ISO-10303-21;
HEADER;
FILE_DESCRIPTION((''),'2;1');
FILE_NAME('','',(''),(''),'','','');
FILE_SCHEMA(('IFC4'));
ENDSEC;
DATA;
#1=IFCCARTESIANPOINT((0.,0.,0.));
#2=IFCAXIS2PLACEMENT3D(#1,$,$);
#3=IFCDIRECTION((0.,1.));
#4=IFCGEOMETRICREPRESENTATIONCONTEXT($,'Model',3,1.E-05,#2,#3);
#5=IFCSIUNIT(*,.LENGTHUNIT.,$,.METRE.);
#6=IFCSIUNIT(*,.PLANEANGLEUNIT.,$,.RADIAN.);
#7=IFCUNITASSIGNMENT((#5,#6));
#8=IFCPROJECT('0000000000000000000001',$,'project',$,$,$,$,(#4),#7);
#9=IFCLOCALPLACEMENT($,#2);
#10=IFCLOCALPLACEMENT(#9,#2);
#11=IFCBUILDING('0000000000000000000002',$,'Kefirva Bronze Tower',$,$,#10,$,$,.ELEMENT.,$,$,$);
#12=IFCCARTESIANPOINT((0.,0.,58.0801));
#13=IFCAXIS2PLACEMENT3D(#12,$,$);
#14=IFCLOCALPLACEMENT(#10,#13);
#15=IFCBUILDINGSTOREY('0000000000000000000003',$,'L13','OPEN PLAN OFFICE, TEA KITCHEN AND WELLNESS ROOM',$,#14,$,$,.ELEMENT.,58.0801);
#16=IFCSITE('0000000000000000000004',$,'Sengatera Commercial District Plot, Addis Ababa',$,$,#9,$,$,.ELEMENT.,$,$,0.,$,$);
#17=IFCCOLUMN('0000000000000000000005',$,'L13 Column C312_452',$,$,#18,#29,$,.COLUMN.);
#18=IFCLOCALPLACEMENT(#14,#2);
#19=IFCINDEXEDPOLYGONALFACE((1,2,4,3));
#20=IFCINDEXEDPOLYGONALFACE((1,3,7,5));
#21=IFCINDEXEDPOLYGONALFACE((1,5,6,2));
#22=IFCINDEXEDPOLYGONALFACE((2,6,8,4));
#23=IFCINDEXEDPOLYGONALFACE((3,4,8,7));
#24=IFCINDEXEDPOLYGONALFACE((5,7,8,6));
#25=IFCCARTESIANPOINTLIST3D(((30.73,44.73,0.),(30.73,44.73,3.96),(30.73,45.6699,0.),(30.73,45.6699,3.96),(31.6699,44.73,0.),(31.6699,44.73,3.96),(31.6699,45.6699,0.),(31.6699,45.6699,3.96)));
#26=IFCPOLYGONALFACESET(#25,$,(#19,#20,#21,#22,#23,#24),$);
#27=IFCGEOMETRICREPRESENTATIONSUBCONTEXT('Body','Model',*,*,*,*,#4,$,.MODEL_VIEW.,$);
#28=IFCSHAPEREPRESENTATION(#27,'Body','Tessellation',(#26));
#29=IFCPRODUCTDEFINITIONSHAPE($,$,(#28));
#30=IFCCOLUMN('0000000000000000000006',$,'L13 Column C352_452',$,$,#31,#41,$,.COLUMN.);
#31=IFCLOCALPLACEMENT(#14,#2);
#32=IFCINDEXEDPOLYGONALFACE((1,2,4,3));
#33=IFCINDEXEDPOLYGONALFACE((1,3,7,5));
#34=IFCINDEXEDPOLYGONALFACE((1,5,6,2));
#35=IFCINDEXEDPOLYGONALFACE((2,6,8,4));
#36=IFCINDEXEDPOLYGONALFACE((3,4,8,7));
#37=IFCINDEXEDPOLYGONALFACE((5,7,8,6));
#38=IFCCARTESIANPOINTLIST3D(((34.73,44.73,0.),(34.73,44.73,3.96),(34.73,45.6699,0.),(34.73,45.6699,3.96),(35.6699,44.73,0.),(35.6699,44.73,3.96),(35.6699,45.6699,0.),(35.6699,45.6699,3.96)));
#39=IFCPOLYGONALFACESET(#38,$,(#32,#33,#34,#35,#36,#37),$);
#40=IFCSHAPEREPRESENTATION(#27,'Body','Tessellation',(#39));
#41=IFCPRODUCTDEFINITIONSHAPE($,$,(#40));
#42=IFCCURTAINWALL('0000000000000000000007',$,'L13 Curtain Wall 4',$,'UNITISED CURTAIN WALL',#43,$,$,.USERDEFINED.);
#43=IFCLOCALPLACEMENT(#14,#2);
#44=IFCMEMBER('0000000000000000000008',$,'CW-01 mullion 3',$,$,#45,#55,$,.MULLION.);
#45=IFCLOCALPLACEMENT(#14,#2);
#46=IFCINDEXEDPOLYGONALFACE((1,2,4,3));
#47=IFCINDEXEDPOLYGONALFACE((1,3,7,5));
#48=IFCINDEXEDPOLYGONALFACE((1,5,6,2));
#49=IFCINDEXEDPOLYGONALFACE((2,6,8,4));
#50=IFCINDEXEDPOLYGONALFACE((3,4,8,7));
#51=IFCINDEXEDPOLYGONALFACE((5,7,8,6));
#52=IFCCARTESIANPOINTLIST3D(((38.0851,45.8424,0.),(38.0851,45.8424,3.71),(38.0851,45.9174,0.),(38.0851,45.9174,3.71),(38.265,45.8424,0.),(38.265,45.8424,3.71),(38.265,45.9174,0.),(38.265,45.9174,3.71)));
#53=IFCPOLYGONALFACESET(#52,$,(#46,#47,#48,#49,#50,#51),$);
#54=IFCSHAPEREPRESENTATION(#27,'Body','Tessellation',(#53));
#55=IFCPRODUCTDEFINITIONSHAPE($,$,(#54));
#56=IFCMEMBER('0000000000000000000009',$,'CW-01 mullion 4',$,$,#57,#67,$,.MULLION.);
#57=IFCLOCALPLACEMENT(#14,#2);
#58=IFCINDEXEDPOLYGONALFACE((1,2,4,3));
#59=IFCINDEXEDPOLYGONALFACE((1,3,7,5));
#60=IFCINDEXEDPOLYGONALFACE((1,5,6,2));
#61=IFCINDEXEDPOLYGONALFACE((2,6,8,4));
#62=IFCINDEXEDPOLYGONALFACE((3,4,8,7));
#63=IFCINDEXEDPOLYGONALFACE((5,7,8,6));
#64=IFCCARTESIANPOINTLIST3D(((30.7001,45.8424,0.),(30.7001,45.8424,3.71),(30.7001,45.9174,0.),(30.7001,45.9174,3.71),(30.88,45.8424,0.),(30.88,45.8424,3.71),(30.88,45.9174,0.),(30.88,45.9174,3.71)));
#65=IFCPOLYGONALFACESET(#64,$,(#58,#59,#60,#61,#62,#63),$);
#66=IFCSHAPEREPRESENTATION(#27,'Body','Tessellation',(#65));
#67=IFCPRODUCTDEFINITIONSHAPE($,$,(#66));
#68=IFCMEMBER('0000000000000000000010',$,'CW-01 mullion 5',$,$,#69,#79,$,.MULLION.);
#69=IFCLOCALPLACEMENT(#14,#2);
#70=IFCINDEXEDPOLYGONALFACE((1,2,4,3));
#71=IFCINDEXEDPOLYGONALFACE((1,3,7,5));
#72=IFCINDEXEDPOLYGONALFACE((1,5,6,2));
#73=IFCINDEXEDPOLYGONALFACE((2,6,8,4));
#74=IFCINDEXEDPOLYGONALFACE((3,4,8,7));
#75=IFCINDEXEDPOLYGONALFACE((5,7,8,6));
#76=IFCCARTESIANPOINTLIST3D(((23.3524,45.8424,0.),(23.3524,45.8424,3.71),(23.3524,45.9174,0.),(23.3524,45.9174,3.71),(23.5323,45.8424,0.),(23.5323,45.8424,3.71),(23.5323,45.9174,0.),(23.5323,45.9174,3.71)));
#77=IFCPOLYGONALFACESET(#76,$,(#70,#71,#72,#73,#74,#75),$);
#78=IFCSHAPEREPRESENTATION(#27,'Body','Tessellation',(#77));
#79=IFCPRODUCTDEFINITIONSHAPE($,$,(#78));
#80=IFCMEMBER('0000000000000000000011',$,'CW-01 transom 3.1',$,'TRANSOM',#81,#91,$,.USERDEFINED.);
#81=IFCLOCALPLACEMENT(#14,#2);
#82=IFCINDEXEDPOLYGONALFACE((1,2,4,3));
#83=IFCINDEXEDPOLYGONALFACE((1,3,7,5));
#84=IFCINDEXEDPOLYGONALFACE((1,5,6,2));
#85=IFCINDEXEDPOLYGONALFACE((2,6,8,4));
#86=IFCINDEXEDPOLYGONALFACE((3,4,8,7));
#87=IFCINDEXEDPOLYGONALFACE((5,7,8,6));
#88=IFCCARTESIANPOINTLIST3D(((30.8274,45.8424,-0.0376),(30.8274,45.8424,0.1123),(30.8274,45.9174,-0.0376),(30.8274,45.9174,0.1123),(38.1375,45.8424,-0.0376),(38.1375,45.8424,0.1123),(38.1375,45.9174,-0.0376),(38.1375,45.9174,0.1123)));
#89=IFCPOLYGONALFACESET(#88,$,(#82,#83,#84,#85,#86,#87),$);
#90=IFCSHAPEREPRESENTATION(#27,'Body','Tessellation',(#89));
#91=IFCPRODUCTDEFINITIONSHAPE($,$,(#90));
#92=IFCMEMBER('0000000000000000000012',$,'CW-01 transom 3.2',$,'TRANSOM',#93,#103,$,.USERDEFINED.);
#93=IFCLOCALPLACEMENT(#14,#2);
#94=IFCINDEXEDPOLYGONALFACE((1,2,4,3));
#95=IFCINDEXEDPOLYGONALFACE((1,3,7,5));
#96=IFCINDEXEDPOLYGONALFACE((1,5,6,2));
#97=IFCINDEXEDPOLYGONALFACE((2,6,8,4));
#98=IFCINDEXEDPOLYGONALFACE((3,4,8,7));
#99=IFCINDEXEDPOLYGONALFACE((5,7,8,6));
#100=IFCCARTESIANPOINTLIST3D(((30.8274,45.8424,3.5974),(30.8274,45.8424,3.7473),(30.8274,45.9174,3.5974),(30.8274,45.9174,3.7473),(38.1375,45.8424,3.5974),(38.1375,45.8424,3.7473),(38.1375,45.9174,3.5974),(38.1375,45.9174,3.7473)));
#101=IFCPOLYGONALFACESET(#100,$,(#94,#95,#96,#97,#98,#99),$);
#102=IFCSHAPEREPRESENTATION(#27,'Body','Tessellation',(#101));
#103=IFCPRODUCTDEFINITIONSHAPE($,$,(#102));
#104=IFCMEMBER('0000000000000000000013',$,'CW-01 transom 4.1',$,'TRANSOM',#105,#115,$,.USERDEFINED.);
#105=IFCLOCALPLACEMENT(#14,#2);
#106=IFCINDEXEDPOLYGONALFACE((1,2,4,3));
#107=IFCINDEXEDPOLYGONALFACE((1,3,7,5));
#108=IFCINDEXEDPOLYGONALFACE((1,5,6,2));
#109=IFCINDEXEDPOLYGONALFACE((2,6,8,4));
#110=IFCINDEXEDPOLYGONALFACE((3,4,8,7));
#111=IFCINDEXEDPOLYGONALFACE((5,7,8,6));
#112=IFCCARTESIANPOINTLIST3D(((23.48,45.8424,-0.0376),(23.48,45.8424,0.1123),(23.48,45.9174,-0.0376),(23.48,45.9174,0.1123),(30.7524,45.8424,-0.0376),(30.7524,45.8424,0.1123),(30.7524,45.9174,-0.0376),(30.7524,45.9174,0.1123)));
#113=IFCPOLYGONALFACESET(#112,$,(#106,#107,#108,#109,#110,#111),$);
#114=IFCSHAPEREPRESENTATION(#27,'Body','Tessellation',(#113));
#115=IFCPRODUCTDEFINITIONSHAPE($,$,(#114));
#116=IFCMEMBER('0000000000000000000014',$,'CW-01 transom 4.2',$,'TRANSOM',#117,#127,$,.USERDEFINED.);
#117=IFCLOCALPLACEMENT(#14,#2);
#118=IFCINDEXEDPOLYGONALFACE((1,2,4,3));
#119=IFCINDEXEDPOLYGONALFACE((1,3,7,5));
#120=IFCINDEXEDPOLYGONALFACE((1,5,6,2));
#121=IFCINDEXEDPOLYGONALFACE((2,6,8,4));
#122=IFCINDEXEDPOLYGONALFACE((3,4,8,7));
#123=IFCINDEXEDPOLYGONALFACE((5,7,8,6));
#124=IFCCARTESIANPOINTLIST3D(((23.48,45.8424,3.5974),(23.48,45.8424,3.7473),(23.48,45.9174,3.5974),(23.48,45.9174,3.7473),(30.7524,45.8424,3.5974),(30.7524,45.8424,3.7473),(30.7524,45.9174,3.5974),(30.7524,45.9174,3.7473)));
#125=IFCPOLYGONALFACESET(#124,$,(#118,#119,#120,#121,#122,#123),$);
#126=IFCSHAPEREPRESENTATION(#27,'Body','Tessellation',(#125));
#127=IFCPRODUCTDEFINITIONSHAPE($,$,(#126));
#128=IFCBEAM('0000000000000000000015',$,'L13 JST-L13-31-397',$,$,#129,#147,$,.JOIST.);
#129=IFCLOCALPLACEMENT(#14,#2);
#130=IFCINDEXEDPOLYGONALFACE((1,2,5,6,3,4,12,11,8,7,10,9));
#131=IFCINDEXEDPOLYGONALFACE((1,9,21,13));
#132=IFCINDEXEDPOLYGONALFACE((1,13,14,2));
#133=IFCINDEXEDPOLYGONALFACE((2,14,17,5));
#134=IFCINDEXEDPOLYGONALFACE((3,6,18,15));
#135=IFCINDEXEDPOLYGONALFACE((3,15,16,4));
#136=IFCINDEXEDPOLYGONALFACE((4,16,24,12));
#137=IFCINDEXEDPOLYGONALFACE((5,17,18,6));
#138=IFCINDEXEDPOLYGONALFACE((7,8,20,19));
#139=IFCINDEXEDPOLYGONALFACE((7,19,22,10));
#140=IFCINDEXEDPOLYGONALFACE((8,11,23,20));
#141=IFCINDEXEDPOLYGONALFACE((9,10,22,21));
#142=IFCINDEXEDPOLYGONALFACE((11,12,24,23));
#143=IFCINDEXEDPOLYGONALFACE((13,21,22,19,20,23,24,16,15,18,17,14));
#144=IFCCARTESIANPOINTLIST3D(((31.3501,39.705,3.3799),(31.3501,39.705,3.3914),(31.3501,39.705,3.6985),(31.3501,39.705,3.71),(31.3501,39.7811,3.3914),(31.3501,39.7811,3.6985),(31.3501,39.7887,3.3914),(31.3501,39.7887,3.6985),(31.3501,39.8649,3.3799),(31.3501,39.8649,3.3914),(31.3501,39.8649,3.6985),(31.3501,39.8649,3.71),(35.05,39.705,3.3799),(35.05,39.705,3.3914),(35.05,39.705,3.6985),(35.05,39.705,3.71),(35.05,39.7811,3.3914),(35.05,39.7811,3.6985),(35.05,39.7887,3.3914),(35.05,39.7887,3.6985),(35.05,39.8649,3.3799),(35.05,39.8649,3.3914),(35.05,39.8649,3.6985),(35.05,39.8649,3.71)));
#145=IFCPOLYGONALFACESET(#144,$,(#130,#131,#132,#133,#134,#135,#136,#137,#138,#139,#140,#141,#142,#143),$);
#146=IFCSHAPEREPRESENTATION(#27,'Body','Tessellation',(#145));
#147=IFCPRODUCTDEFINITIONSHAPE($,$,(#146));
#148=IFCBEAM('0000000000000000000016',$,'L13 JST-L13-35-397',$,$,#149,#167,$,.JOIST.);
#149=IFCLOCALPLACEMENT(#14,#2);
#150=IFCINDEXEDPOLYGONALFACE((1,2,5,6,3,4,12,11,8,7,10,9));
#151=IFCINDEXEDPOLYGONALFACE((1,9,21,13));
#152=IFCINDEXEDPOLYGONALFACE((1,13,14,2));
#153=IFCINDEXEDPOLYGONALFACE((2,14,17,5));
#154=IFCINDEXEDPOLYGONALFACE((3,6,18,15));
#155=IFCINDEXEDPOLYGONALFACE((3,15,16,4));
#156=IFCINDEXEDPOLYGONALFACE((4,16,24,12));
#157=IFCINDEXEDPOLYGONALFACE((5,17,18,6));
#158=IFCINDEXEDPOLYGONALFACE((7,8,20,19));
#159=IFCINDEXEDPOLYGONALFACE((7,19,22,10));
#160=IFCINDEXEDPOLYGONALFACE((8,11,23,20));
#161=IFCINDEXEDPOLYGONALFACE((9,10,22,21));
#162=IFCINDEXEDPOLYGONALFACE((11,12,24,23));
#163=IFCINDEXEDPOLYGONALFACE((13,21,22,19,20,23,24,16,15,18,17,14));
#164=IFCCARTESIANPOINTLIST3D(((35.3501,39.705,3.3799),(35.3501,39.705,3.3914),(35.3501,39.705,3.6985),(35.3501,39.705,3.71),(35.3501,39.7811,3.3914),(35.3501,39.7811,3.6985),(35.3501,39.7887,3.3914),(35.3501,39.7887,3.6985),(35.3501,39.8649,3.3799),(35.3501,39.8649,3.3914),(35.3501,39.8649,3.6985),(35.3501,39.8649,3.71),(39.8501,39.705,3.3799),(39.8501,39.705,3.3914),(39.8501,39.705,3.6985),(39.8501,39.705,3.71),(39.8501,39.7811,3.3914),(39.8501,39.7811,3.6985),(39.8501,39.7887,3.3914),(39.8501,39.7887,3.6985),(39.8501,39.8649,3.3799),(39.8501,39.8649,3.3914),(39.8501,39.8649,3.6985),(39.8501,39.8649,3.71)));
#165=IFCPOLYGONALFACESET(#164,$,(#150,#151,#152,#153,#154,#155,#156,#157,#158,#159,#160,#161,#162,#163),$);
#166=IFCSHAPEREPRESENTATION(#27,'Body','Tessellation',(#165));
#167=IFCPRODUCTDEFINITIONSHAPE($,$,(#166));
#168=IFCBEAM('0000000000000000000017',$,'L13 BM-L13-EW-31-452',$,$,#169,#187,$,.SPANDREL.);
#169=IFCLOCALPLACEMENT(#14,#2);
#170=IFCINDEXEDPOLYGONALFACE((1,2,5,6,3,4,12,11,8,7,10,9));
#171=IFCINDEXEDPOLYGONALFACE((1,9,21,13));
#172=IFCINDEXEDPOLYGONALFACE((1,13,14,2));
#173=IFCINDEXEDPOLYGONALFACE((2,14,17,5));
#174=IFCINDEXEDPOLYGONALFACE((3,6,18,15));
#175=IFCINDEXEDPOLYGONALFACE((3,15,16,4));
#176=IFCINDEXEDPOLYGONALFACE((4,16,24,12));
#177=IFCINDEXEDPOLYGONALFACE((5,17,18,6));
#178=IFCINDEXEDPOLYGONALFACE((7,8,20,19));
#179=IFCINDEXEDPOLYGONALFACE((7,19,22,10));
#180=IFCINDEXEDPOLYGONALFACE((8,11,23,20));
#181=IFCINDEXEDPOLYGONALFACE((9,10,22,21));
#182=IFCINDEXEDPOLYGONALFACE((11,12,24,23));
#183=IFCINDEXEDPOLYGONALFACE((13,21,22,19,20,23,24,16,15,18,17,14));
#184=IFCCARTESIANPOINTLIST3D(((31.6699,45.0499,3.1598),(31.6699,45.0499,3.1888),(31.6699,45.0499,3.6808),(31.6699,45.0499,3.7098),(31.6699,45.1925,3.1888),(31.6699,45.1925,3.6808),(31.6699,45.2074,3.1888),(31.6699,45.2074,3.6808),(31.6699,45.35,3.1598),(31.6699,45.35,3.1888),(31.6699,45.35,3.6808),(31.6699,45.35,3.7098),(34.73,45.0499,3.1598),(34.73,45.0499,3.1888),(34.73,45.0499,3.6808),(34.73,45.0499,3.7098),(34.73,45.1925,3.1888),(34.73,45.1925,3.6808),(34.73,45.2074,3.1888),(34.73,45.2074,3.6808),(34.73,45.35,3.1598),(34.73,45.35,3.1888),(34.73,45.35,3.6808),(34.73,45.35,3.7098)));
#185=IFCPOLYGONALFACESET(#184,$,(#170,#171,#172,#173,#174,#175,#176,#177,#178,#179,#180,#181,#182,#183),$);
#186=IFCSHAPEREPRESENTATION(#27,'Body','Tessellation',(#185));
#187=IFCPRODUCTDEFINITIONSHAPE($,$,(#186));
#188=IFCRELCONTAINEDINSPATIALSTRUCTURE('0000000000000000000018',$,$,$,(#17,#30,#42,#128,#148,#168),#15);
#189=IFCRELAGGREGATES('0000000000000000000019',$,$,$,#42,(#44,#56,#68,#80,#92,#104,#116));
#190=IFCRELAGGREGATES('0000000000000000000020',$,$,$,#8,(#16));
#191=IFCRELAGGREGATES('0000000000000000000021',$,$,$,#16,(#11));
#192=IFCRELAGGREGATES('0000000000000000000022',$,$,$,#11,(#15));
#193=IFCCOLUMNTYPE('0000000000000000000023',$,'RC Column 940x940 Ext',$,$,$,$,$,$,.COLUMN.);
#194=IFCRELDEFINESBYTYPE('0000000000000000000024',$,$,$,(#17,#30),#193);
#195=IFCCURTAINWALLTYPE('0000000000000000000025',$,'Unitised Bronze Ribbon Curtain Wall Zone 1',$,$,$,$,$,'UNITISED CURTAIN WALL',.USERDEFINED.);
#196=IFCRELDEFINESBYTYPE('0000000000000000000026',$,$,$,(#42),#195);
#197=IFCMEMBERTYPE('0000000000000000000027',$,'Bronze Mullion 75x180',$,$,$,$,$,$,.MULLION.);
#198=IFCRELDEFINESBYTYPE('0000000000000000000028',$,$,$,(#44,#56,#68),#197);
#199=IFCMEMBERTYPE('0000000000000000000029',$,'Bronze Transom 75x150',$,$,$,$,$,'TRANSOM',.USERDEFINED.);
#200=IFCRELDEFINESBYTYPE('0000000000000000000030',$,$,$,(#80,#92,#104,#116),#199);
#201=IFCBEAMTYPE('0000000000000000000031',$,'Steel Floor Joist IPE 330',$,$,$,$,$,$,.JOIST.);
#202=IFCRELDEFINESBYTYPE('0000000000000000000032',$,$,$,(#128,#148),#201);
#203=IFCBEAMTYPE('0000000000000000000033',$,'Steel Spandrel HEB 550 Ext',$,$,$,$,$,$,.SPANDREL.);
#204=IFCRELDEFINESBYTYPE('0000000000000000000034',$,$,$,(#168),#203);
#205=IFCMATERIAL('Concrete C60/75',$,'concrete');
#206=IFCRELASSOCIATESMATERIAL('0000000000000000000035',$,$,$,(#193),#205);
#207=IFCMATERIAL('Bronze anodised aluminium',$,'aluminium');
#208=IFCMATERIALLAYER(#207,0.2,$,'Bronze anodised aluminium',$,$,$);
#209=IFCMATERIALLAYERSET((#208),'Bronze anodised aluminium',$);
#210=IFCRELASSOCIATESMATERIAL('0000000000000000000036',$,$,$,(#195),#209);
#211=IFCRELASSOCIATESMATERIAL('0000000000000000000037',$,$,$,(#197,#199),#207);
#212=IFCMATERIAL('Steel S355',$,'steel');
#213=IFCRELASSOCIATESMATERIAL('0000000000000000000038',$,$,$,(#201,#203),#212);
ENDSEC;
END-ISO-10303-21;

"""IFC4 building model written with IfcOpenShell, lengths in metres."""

from ifc_helpers import new_model, si_unit, direction, frame, origin, origin_2d, place, context, subcontext, project, spatial, rectangle, i_section, extrude, material, layer, layer_set, material_profile, profile_set, type_object, element, aggregate, save


model = new_model("IFC4")

# Units and contexts
model_context = context("Model", 3, precision=1e-05, world=origin(), true_north=direction((0.0, 1.0)))
body_context = subcontext(model_context, "Body", "Model", "MODEL_VIEW")
ifc_project = project(units=[si_unit("LENGTHUNIT", "METRE"), si_unit("PLANEANGLEUNIT", "RADIAN")], contexts=[model_context])

# Site, building, storey
site_placement = place(None, origin())
site = spatial("IfcSite", under=ifc_project, at=site_placement, Name="Sengatera Commercial District Plot, Addis Ababa", CompositionType="ELEMENT", RefElevation=0.0)
building_placement = place(site_placement, origin())
building = spatial("IfcBuilding", under=site, at=building_placement, Name="Kefirva Bronze Tower", CompositionType="ELEMENT")
storey_placement = place(building_placement, frame((0.0, 0.0, 58.0801)))
storey = spatial("IfcBuildingStorey", under=building, at=storey_placement, Name="L13", Description="OPEN PLAN OFFICE, TEA KITCHEN AND WELLNESS ROOM", CompositionType="ELEMENT", Elevation=58.0801)

# Columns
ifc_material_1 = material(Name="Concrete C60/75", Category="concrete")
ifc_material_profile_1 = material_profile(ifc_material_1, rectangle(XDim=0.9399, YDim=0.9399, at=origin_2d()), Name="RC 940x940")
ifc_profile_set_1 = profile_set([ifc_material_profile_1], Name="Concrete C60/75")
column_type = type_object("IfcColumnType", Name="RC Column 940x940 Ext", PredefinedType="COLUMN", material=ifc_profile_set_1)
for number, where, z_axis, x_axis, name in (
    (1, (31.2, 45.2, 0.0), (0.0, 0.0, 1.0), (1.0, 0.0, 0.0), "L13 Column C312_452"),
    (2, (35.2, 45.2, 0.0), (0.0, 0.0, 1.0), (1.0, 0.0, 0.0), "L13 Column C352_452"),
):
    element("IfcColumn", number, at=place(storey_placement, frame(where, z_axis=z_axis, x_axis=x_axis)), inside=storey, type_object=column_type, Name=name, PredefinedType="COLUMN", context=body_context, shape_type="SweptSolid", body=[
        extrude(rectangle(XDim=0.9399, YDim=0.9399, at=origin_2d()), origin(), (0.0, 0.0, 1.0), 3.96),
    ])

# Curtain wall, members
ifc_material_2 = material(Name="Bronze anodised aluminium", Category="aluminium")
ifc_layer_1 = layer(ifc_material_2, 0.2, Name="Bronze anodised aluminium")
ifc_layer_set_1 = layer_set([ifc_layer_1], Name="Bronze anodised aluminium")
curtain_wall_type = type_object("IfcCurtainWallType", Name="Unitised Bronze Ribbon Curtain Wall Zone 1", ElementType="UNITISED CURTAIN WALL", PredefinedType="USERDEFINED", material=ifc_layer_set_1)
curtain_wall_placement = place(storey_placement, origin())
curtain_wall = element("IfcCurtainWall", 3, at=curtain_wall_placement, inside=storey, type_object=curtain_wall_type, Name="L13 Curtain Wall 4", ObjectType="UNITISED CURTAIN WALL", PredefinedType="USERDEFINED")
ifc_material_profile_2 = material_profile(ifc_material_2, rectangle(XDim=0.075, YDim=0.1799, at=origin_2d()), Name="ALU 75x180")
ifc_profile_set_2 = profile_set([ifc_material_profile_2], Name="Bronze anodised aluminium")
member_type_1 = type_object("IfcMemberType", Name="Bronze Mullion 75x180", PredefinedType="MULLION", material=ifc_profile_set_2)
member_1_placement = place(storey_placement, frame((38.175, 45.8799, 0.0), z_axis=(0.0, 0.0, 1.0), x_axis=(0.0, -1.0, 0.0)))
member_1 = element("IfcMember", 4, at=member_1_placement, type_object=member_type_1, Name="CW-01 mullion 3", PredefinedType="MULLION", context=body_context, shape_type="SweptSolid", body=[
    extrude(rectangle(XDim=0.075, YDim=0.1799, at=origin_2d()), origin(), (0.0, 0.0, 1.0), 3.71),
])
member_2_placement = place(storey_placement, frame((30.79, 45.8799, 0.0), z_axis=(0.0, 0.0, 1.0), x_axis=(0.0, -1.0, 0.0)))
member_2 = element("IfcMember", 5, at=member_2_placement, type_object=member_type_1, Name="CW-01 mullion 4", PredefinedType="MULLION", context=body_context, shape_type="SweptSolid", body=[
    extrude(rectangle(XDim=0.075, YDim=0.1799, at=origin_2d()), origin(), (0.0, 0.0, 1.0), 3.71),
])
member_3_placement = place(storey_placement, frame((23.4424, 45.8799, 0.0), z_axis=(0.0, 0.0, 1.0), x_axis=(0.0, -1.0, 0.0)))
member_3 = element("IfcMember", 6, at=member_3_placement, type_object=member_type_1, Name="CW-01 mullion 5", PredefinedType="MULLION", context=body_context, shape_type="SweptSolid", body=[
    extrude(rectangle(XDim=0.075, YDim=0.1799, at=origin_2d()), origin(), (0.0, 0.0, 1.0), 3.71),
])
ifc_material_profile_3 = material_profile(ifc_material_2, rectangle(XDim=0.075, YDim=0.1499, at=origin_2d()), Name="ALU 75x150")
ifc_profile_set_3 = profile_set([ifc_material_profile_3], Name="Bronze anodised aluminium")
member_type_2 = type_object("IfcMemberType", Name="Bronze Transom 75x150", ElementType="TRANSOM", PredefinedType="USERDEFINED", material=ifc_profile_set_3)
member_4_placement = place(storey_placement, frame((38.1375, 45.8799, 0.0374), z_axis=(-1.0, 0.0, 0.0), x_axis=(0.0, -1.0, 0.0)))
member_4 = element("IfcMember", 7, at=member_4_placement, type_object=member_type_2, Name="CW-01 transom 3.1", ObjectType="TRANSOM", PredefinedType="USERDEFINED", context=body_context, shape_type="SweptSolid", body=[
    extrude(rectangle(XDim=0.075, YDim=0.1499, at=origin_2d()), origin(), (0.0, 0.0, 1.0), 7.3101),
])
member_5_placement = place(storey_placement, frame((38.1375, 45.8799, 3.6724), z_axis=(-1.0, 0.0, 0.0), x_axis=(0.0, -1.0, 0.0)))
member_5 = element("IfcMember", 8, at=member_5_placement, type_object=member_type_2, Name="CW-01 transom 3.2", ObjectType="TRANSOM", PredefinedType="USERDEFINED", context=body_context, shape_type="SweptSolid", body=[
    extrude(rectangle(XDim=0.075, YDim=0.1499, at=origin_2d()), origin(), (0.0, 0.0, 1.0), 7.3101),
])
member_6_placement = place(storey_placement, frame((30.7524, 45.8799, 0.0374), z_axis=(-1.0, 0.0, 0.0), x_axis=(0.0, -1.0, 0.0)))
member_6 = element("IfcMember", 9, at=member_6_placement, type_object=member_type_2, Name="CW-01 transom 4.1", ObjectType="TRANSOM", PredefinedType="USERDEFINED", context=body_context, shape_type="SweptSolid", body=[
    extrude(rectangle(XDim=0.075, YDim=0.1499, at=origin_2d()), origin(), (0.0, 0.0, 1.0), 7.2725),
])
member_7_placement = place(storey_placement, frame((30.7524, 45.8799, 3.6724), z_axis=(-1.0, 0.0, 0.0), x_axis=(0.0, -1.0, 0.0)))
member_7 = element("IfcMember", 10, at=member_7_placement, type_object=member_type_2, Name="CW-01 transom 4.2", ObjectType="TRANSOM", PredefinedType="USERDEFINED", context=body_context, shape_type="SweptSolid", body=[
    extrude(rectangle(XDim=0.075, YDim=0.1499, at=origin_2d()), origin(), (0.0, 0.0, 1.0), 7.2725),
])

# Beams
ifc_material_3 = material(Name="Steel S355", Category="steel")
ifc_material_profile_4 = material_profile(ifc_material_3, i_section(OverallWidth=0.1599, OverallDepth=0.3301, WebThickness=0.0076, FlangeThickness=0.0115, at=origin_2d()), Name="IPE 330")
ifc_profile_set_4 = profile_set([ifc_material_profile_4], Name="Steel S355")
beam_type_1 = type_object("IfcBeamType", Name="Steel Floor Joist IPE 330", PredefinedType="JOIST", material=ifc_profile_set_4)
beam_1_placement = place(storey_placement, frame((31.3501, 39.7849, 3.5449), z_axis=(1.0, 0.0, 0.0), x_axis=(0.0, 1.0, 0.0)))
element("IfcBeam", 11, at=beam_1_placement, inside=storey, type_object=beam_type_1, Name="L13 JST-L13-31-397", PredefinedType="JOIST", context=body_context, shape_type="SweptSolid", body=[
    extrude(i_section(OverallWidth=0.1599, OverallDepth=0.3301, WebThickness=0.0076, FlangeThickness=0.0115, at=origin_2d()), origin(), (0.0, 0.0, 1.0), 3.7),
])
beam_2_placement = place(storey_placement, frame((35.3501, 39.7849, 3.5449), z_axis=(1.0, 0.0, 0.0), x_axis=(0.0, 1.0, 0.0)))
element("IfcBeam", 12, at=beam_2_placement, inside=storey, type_object=beam_type_1, Name="L13 JST-L13-35-397", PredefinedType="JOIST", context=body_context, shape_type="SweptSolid", body=[
    extrude(i_section(OverallWidth=0.1599, OverallDepth=0.3301, WebThickness=0.0076, FlangeThickness=0.0115, at=origin_2d()), origin(), (0.0, 0.0, 1.0), 4.5),
])
ifc_material_profile_5 = material_profile(ifc_material_3, i_section(OverallWidth=0.3, OverallDepth=0.55, WebThickness=0.0149, FlangeThickness=0.0291, at=origin_2d()), Name="HEB 550")
ifc_profile_set_5 = profile_set([ifc_material_profile_5], Name="Steel S355")
beam_type_2 = type_object("IfcBeamType", Name="Steel Spandrel HEB 550 Ext", PredefinedType="SPANDREL", material=ifc_profile_set_5)
beam_3_placement = place(storey_placement, frame((31.6699, 45.2, 3.4348), z_axis=(1.0, 0.0, 0.0), x_axis=(0.0, 1.0, 0.0)))
element("IfcBeam", 13, at=beam_3_placement, inside=storey, type_object=beam_type_2, Name="L13 BM-L13-EW-31-452", PredefinedType="SPANDREL", context=body_context, shape_type="SweptSolid", body=[
    extrude(i_section(OverallWidth=0.3, OverallDepth=0.55, WebThickness=0.0149, FlangeThickness=0.0291, at=origin_2d()), origin(), (0.0, 0.0, 1.0), 3.0601),
])

aggregate(curtain_wall, [member_1, member_2, member_3, member_4, member_5, member_6, member_7])

save(model, "model.ifc")
